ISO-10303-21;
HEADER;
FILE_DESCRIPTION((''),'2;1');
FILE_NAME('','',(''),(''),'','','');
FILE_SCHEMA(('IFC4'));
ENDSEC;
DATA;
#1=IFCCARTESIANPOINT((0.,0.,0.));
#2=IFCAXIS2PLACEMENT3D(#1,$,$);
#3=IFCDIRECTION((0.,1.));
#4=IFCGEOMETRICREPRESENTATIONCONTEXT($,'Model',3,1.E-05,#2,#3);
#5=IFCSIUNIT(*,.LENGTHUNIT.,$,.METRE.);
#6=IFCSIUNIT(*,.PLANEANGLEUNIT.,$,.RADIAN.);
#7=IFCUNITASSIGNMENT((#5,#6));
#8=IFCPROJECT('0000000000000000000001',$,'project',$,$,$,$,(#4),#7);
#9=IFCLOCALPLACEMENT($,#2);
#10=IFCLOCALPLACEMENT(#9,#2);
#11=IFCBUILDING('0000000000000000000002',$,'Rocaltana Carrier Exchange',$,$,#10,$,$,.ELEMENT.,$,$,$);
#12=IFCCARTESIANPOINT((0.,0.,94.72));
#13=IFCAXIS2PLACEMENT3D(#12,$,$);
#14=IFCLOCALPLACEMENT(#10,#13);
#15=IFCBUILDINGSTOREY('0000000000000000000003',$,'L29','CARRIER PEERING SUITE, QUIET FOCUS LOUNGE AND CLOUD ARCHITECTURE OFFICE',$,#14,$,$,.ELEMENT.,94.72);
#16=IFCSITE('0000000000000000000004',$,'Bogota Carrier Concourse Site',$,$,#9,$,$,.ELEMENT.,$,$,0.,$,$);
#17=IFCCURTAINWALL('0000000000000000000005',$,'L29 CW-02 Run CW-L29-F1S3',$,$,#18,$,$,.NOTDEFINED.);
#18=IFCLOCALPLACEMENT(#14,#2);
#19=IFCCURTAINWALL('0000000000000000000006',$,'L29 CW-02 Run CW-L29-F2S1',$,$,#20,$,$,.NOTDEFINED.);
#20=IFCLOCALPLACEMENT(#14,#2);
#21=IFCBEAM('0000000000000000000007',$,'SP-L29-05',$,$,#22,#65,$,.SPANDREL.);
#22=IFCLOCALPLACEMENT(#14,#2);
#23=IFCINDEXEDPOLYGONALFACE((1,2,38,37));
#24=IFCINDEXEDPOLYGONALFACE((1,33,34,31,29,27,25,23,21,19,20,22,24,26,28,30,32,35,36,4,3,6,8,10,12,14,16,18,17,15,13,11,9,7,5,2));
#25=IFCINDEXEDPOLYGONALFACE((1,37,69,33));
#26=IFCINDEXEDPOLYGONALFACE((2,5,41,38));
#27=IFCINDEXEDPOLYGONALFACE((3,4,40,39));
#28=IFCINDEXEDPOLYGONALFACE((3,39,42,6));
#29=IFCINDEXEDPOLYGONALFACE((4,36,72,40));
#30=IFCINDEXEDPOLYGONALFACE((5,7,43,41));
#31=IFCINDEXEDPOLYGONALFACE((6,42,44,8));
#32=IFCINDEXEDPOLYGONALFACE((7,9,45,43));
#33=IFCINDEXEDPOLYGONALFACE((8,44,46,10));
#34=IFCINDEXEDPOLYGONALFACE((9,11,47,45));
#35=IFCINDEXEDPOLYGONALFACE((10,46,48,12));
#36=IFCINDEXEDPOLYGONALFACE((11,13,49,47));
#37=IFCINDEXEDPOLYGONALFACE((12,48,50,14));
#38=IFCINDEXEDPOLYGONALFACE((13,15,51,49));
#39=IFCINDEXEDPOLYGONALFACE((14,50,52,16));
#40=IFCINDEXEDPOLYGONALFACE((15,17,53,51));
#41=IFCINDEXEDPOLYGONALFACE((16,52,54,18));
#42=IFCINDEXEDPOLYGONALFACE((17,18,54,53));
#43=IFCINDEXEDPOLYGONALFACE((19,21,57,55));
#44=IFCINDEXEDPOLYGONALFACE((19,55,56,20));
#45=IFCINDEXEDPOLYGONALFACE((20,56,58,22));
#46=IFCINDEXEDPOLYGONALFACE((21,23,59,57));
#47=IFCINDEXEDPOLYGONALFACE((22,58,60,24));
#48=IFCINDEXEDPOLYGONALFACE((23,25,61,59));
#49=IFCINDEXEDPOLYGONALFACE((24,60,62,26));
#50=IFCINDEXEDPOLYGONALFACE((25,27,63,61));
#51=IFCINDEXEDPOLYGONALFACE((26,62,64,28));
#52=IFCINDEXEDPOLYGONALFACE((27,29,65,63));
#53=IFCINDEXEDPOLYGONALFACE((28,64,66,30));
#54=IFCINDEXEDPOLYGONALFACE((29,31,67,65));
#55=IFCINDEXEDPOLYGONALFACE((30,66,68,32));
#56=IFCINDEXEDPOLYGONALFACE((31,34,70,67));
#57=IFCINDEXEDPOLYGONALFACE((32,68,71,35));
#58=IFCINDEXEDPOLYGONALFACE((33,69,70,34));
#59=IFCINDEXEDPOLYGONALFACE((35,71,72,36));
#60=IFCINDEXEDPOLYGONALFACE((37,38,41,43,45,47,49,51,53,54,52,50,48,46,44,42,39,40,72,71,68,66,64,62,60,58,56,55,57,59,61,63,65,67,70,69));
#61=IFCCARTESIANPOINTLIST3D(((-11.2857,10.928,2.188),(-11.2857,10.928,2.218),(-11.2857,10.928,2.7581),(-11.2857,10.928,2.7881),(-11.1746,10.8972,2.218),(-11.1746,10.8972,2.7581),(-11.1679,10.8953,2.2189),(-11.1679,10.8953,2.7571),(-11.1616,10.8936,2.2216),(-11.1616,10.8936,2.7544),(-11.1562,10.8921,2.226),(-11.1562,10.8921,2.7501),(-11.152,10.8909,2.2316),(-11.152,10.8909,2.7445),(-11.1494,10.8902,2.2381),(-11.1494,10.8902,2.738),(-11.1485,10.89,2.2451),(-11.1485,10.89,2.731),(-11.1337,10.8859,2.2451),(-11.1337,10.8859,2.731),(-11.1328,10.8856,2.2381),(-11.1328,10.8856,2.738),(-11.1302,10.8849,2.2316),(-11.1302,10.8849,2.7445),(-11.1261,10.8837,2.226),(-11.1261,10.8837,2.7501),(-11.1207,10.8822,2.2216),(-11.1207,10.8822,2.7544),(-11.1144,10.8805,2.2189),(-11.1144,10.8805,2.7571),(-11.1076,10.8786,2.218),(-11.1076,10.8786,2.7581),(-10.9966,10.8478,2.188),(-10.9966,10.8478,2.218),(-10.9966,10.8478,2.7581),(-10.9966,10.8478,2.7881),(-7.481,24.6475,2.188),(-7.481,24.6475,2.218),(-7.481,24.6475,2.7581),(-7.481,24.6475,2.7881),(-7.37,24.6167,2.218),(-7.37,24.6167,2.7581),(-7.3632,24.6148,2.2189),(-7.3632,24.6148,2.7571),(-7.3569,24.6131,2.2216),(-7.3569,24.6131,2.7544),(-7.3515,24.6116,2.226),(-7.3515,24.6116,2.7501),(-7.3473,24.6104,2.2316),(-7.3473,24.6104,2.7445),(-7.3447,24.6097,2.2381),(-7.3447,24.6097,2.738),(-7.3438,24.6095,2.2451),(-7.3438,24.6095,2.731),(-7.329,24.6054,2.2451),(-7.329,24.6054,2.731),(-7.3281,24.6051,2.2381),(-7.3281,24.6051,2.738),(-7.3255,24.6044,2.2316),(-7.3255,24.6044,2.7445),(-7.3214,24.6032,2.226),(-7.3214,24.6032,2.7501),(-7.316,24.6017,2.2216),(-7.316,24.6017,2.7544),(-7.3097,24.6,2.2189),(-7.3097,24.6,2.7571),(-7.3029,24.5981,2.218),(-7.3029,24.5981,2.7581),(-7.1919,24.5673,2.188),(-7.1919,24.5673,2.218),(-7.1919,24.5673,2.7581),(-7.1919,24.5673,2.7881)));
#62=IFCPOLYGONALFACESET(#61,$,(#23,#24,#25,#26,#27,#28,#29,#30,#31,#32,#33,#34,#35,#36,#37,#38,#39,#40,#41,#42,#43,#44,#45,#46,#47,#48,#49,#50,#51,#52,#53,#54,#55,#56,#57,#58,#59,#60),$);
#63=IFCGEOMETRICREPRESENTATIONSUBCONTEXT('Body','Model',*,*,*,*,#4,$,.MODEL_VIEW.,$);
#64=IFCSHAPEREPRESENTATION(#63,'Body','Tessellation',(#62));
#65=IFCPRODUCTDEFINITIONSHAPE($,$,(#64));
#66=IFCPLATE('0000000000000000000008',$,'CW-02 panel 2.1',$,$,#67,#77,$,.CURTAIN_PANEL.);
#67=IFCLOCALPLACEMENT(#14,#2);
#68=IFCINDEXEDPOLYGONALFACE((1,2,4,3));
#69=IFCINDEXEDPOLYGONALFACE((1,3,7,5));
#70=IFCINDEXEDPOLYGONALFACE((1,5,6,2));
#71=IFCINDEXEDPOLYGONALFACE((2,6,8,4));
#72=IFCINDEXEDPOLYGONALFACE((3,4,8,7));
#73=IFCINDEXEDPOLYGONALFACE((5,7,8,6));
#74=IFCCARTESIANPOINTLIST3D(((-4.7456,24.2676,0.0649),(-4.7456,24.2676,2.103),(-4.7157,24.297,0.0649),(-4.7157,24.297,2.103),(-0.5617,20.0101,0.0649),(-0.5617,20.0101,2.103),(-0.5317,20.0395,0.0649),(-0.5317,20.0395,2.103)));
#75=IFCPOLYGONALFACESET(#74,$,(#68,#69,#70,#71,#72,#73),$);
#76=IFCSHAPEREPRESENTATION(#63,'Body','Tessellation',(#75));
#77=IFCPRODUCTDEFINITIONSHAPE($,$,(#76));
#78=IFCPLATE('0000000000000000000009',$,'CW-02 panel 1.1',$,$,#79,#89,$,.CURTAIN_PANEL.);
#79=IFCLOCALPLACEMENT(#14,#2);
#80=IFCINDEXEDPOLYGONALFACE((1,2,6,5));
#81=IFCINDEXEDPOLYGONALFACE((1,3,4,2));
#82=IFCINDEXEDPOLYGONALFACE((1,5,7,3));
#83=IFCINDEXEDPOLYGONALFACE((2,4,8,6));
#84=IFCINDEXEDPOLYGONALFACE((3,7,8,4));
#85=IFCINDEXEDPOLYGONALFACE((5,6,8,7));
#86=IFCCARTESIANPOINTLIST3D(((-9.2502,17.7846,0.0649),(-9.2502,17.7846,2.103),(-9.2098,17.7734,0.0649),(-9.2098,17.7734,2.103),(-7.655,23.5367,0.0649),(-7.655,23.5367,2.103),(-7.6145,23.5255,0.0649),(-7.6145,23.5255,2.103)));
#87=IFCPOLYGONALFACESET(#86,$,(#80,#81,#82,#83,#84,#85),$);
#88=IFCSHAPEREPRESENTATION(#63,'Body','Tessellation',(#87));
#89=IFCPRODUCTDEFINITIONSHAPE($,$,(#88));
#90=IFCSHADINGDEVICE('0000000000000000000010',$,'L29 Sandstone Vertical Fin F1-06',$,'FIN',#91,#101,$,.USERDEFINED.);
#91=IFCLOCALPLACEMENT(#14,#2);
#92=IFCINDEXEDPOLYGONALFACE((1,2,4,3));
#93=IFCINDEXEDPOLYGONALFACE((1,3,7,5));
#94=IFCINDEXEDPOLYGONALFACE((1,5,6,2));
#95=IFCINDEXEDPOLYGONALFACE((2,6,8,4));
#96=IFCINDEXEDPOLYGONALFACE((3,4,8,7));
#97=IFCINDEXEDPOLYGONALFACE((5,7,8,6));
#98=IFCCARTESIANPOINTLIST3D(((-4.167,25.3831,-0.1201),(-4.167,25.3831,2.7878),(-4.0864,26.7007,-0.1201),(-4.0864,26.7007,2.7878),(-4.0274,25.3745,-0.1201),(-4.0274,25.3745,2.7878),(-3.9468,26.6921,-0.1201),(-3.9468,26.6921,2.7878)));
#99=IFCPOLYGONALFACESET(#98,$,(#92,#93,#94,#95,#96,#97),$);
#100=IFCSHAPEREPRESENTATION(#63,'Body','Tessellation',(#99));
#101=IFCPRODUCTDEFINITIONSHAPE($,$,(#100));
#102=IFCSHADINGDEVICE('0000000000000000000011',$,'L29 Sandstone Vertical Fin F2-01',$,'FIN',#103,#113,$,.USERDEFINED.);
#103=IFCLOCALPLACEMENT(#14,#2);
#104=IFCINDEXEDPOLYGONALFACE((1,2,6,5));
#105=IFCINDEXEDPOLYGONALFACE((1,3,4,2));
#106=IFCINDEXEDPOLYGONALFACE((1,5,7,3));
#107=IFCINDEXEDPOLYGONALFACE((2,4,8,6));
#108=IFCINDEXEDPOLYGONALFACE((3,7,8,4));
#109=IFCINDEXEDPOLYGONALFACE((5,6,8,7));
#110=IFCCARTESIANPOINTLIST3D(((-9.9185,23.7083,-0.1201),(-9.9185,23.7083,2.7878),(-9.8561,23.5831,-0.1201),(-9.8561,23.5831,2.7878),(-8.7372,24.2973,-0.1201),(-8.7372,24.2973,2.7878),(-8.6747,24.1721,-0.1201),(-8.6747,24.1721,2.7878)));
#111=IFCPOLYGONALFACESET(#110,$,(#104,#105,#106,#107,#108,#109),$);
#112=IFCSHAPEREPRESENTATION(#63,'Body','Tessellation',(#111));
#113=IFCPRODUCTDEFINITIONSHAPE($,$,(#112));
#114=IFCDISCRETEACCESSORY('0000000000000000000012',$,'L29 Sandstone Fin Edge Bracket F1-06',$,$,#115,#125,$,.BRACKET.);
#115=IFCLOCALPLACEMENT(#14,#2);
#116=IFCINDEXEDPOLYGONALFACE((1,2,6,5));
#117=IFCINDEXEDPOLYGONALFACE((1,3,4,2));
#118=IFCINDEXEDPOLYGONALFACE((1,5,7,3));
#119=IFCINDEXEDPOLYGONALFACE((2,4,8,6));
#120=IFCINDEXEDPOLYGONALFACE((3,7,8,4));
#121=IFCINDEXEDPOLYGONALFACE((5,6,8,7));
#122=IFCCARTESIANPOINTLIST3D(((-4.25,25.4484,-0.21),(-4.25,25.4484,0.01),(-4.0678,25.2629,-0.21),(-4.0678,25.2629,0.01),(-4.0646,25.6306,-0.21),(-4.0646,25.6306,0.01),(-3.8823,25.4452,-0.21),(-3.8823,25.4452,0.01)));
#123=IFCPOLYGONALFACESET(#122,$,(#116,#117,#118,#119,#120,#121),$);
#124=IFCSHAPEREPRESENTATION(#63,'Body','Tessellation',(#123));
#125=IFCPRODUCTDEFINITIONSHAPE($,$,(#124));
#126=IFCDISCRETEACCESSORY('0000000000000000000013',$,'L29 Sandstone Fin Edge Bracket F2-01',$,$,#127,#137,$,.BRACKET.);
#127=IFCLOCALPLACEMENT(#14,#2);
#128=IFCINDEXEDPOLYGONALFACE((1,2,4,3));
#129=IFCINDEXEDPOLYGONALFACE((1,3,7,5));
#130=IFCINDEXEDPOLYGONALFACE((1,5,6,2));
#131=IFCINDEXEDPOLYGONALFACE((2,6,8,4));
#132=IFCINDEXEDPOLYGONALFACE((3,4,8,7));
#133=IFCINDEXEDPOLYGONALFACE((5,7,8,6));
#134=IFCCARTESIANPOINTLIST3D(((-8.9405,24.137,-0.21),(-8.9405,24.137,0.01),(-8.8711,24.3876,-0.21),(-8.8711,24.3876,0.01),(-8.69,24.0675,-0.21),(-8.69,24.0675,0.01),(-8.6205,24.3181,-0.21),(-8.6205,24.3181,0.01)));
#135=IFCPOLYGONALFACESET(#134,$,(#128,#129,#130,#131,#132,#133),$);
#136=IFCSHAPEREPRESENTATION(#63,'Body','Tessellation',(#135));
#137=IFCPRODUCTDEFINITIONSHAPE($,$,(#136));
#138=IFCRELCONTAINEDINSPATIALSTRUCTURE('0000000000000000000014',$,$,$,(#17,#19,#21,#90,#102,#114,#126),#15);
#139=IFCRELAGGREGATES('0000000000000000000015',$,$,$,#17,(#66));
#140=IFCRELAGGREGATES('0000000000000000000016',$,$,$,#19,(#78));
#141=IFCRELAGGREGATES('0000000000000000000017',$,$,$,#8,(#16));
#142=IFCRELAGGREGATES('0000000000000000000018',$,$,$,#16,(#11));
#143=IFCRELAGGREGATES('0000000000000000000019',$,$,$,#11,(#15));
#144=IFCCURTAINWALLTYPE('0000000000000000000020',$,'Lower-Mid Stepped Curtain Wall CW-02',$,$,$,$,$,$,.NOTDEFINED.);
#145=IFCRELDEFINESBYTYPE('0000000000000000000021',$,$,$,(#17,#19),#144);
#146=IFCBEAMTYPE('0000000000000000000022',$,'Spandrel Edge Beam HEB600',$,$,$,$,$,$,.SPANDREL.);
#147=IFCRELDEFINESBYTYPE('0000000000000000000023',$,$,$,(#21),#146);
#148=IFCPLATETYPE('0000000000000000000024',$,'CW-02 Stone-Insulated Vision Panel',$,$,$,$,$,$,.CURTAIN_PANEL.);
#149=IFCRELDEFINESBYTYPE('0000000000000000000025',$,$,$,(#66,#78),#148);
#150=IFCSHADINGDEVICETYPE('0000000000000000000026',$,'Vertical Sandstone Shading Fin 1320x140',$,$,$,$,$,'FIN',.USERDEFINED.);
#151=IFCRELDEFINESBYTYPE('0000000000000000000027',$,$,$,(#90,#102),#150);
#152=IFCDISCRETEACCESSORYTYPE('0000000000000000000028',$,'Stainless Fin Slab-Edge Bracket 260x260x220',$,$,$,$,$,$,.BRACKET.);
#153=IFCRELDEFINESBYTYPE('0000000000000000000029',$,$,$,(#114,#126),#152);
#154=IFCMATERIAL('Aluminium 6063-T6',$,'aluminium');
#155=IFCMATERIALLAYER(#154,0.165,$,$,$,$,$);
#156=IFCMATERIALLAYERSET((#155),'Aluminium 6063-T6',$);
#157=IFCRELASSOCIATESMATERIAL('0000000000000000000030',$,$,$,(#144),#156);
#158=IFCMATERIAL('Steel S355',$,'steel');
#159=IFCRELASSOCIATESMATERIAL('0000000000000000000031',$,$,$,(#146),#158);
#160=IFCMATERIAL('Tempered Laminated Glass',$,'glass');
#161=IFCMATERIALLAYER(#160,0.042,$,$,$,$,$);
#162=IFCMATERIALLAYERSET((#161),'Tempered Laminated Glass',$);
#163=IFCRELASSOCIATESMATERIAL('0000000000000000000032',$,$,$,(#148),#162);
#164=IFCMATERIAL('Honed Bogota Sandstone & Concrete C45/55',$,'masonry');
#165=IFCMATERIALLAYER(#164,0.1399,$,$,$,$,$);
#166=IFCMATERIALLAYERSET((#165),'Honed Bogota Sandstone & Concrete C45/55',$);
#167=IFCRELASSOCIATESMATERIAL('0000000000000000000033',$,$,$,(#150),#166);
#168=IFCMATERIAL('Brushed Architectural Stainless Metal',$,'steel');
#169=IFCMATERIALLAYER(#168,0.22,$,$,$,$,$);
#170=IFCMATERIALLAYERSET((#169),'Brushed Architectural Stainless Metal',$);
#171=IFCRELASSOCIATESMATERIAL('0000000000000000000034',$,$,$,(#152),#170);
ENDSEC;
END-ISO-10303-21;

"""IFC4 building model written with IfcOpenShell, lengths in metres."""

from ifc_helpers import new_model, si_unit, direction, frame, origin, origin_2d, place, context, subcontext, project, spatial, rectangle, i_section, extrude, material, layer, layer_set, material_profile, profile_set, type_object, element, aggregate, save


model = new_model("IFC4")

# Units and contexts
model_context = context("Model", 3, precision=1e-05, world=origin(), true_north=direction((0.0, 1.0)))
body_context = subcontext(model_context, "Body", "Model", "MODEL_VIEW")
ifc_project = project(units=[si_unit("LENGTHUNIT", "METRE"), si_unit("PLANEANGLEUNIT", "RADIAN")], contexts=[model_context])

# Site, building, storey
site_placement = place(None, origin())
site = spatial("IfcSite", under=ifc_project, at=site_placement, Name="Bogota Carrier Concourse Site", CompositionType="ELEMENT", RefElevation=0.0)
building_placement = place(site_placement, origin())
building = spatial("IfcBuilding", under=site, at=building_placement, Name="Rocaltana Carrier Exchange", CompositionType="ELEMENT")
storey_placement = place(building_placement, frame((0.0, 0.0, 94.72)))
storey = spatial("IfcBuildingStorey", under=building, at=storey_placement, Name="L29", Description="CARRIER PEERING SUITE, QUIET FOCUS LOUNGE AND CLOUD ARCHITECTURE OFFICE", CompositionType="ELEMENT", Elevation=94.72)

# Curtain wall
ifc_material_1 = material(Name="Aluminium 6063-T6", Category="aluminium")
ifc_layer_1 = layer(ifc_material_1, 0.165)
ifc_layer_set_1 = layer_set([ifc_layer_1], Name="Aluminium 6063-T6")
curtain_wall_type = type_object("IfcCurtainWallType", Name="Lower-Mid Stepped Curtain Wall CW-02", PredefinedType="NOTDEFINED", material=ifc_layer_set_1)
curtain_wall_1_placement = place(storey_placement, origin())
curtain_wall_1 = element("IfcCurtainWall", 1, at=curtain_wall_1_placement, inside=storey, type_object=curtain_wall_type, Name="L29 CW-02 Run CW-L29-F1S3", PredefinedType="NOTDEFINED")

# Curtain wall
curtain_wall_2_placement = place(storey_placement, origin())
curtain_wall_2 = element("IfcCurtainWall", 2, at=curtain_wall_2_placement, inside=storey, type_object=curtain_wall_type, Name="L29 CW-02 Run CW-L29-F2S1", PredefinedType="NOTDEFINED")

# Beam
ifc_material_2 = material(Name="Steel S355", Category="steel")
ifc_material_profile_1 = material_profile(ifc_material_2, i_section(OverallWidth=0.3, OverallDepth=0.6001, WebThickness=0.0154, FlangeThickness=0.03, FilletRadius=0.0271, at=origin_2d()), Name="HEB600")
ifc_profile_set_1 = profile_set([ifc_material_profile_1], Name="Steel S355")
beam_type_1 = type_object("IfcBeamType", Name="Spandrel Edge Beam HEB600", PredefinedType="SPANDREL", material=ifc_profile_set_1)
beam_1_placement = place(storey_placement, frame((-7.3364, 24.6074, 2.488), z_axis=(-0.267234, -0.963632, 0.0), x_axis=(0.963632, -0.267234, 0.0)))
element("IfcBeam", 3, at=beam_1_placement, inside=storey, type_object=beam_type_1, Name="SP-L29-05", PredefinedType="SPANDREL", context=body_context, shape_type="SweptSolid", body=[
    extrude(i_section(OverallWidth=0.3, OverallDepth=0.6001, WebThickness=0.0154, FlangeThickness=0.03, FilletRadius=0.0271, at=origin_2d()), origin(), (0.0, 0.0, 1.0), 14.2373),
])

# Plates
ifc_material_3 = material(Name="Tempered Laminated Glass", Category="glass")
ifc_layer_2 = layer(ifc_material_3, 0.042)
ifc_layer_set_2 = layer_set([ifc_layer_2], Name="Tempered Laminated Glass")
plate_type = type_object("IfcPlateType", Name="CW-02 Stone-Insulated Vision Panel", PredefinedType="CURTAIN_PANEL", material=ifc_layer_set_2)
plate_1_placement = place(storey_placement, frame((-2.6387, 22.1536, 0.0649), z_axis=(0.0, 0.0, 1.0), x_axis=(-0.700915, 0.713245, 0.0)))
plate_1 = element("IfcPlate", 4, at=plate_1_placement, type_object=plate_type, Name="CW-02 panel 2.1", PredefinedType="CURTAIN_PANEL", context=body_context, shape_type="SweptSolid", body=[
    extrude(rectangle(XDim=5.9692, YDim=0.042, at=origin_2d()), origin(), (0.0, 0.0, 1.0), 2.0381),
])
aggregate(curtain_wall_1, [plate_1])
plate_2_placement = place(storey_placement, frame((-8.4324, 20.655, 0.0649), z_axis=(0.0, 0.0, 1.0), x_axis=(-0.267246, -0.963628, 0.0)))
plate_2 = element("IfcPlate", 5, at=plate_2_placement, type_object=plate_type, Name="CW-02 panel 1.1", PredefinedType="CURTAIN_PANEL", context=body_context, shape_type="SweptSolid", body=[
    extrude(rectangle(XDim=5.9692, YDim=0.042, at=origin_2d()), origin(), (0.0, 0.0, 1.0), 2.0381),
])
aggregate(curtain_wall_2, [plate_2])

# Shading devices
ifc_material_4 = material(Name="Honed Bogota Sandstone & Concrete C45/55", Category="masonry")
ifc_layer_3 = layer(ifc_material_4, 0.1399)
ifc_layer_set_3 = layer_set([ifc_layer_3], Name="Honed Bogota Sandstone & Concrete C45/55")
shading_device_type = type_object("IfcShadingDeviceType", Name="Vertical Sandstone Shading Fin 1320x140", ElementType="FIN", PredefinedType="USERDEFINED", material=ifc_layer_set_3)
for number, where, z_axis, x_axis, name in (
    (6, (-4.0569, 26.0376, -0.1201), (0.0, 0.0, 1.0), (0.061049, 0.998135, 0.0), "L29 Sandstone Vertical Fin F1-06"),
    (7, (-9.2966, 23.9402, -0.1201), (0.0, 0.0, 1.0), (-0.894934, -0.446198, 0.0), "L29 Sandstone Vertical Fin F2-01"),
):
    element("IfcShadingDevice", number, at=place(storey_placement, frame(where, z_axis=z_axis, x_axis=x_axis)), inside=storey, type_object=shading_device_type, Name=name, ObjectType="FIN", PredefinedType="USERDEFINED", context=body_context, shape_type="SweptSolid", body=[
        extrude(rectangle(XDim=1.3201, YDim=0.1399, at=origin_2d()), origin(), (0.0, 0.0, 1.0), 2.908),
    ])

# Discrete accessories
ifc_material_5 = material(Name="Brushed Architectural Stainless Metal", Category="steel")
ifc_layer_4 = layer(ifc_material_5, 0.22)
ifc_layer_set_4 = layer_set([ifc_layer_4], Name="Brushed Architectural Stainless Metal")
discrete_accessory_type = type_object("IfcDiscreteAccessoryType", Name="Stainless Fin Slab-Edge Bracket 260x260x220", PredefinedType="BRACKET", material=ifc_layer_set_4)
for number, where, z_axis, x_axis, name in (
    (8, (-4.0662, 25.4468, -0.21), (0.0, 0.0, 1.0), (-0.700909, 0.71325, 0.0), "L29 Sandstone Fin Edge Bracket F1-06"),
    (9, (-8.7805, 24.2275, -0.21), (0.0, 0.0, 1.0), (-0.267238, -0.96363, 0.0), "L29 Sandstone Fin Edge Bracket F2-01"),
):
    element("IfcDiscreteAccessory", number, at=place(storey_placement, frame(where, z_axis=z_axis, x_axis=x_axis)), inside=storey, type_object=discrete_accessory_type, Name=name, PredefinedType="BRACKET", context=body_context, shape_type="SweptSolid", body=[
        extrude(rectangle(XDim=0.26, YDim=0.26, at=origin_2d()), origin(), (0.0, 0.0, 1.0), 0.22),
    ])

save(model, "model.ifc")
